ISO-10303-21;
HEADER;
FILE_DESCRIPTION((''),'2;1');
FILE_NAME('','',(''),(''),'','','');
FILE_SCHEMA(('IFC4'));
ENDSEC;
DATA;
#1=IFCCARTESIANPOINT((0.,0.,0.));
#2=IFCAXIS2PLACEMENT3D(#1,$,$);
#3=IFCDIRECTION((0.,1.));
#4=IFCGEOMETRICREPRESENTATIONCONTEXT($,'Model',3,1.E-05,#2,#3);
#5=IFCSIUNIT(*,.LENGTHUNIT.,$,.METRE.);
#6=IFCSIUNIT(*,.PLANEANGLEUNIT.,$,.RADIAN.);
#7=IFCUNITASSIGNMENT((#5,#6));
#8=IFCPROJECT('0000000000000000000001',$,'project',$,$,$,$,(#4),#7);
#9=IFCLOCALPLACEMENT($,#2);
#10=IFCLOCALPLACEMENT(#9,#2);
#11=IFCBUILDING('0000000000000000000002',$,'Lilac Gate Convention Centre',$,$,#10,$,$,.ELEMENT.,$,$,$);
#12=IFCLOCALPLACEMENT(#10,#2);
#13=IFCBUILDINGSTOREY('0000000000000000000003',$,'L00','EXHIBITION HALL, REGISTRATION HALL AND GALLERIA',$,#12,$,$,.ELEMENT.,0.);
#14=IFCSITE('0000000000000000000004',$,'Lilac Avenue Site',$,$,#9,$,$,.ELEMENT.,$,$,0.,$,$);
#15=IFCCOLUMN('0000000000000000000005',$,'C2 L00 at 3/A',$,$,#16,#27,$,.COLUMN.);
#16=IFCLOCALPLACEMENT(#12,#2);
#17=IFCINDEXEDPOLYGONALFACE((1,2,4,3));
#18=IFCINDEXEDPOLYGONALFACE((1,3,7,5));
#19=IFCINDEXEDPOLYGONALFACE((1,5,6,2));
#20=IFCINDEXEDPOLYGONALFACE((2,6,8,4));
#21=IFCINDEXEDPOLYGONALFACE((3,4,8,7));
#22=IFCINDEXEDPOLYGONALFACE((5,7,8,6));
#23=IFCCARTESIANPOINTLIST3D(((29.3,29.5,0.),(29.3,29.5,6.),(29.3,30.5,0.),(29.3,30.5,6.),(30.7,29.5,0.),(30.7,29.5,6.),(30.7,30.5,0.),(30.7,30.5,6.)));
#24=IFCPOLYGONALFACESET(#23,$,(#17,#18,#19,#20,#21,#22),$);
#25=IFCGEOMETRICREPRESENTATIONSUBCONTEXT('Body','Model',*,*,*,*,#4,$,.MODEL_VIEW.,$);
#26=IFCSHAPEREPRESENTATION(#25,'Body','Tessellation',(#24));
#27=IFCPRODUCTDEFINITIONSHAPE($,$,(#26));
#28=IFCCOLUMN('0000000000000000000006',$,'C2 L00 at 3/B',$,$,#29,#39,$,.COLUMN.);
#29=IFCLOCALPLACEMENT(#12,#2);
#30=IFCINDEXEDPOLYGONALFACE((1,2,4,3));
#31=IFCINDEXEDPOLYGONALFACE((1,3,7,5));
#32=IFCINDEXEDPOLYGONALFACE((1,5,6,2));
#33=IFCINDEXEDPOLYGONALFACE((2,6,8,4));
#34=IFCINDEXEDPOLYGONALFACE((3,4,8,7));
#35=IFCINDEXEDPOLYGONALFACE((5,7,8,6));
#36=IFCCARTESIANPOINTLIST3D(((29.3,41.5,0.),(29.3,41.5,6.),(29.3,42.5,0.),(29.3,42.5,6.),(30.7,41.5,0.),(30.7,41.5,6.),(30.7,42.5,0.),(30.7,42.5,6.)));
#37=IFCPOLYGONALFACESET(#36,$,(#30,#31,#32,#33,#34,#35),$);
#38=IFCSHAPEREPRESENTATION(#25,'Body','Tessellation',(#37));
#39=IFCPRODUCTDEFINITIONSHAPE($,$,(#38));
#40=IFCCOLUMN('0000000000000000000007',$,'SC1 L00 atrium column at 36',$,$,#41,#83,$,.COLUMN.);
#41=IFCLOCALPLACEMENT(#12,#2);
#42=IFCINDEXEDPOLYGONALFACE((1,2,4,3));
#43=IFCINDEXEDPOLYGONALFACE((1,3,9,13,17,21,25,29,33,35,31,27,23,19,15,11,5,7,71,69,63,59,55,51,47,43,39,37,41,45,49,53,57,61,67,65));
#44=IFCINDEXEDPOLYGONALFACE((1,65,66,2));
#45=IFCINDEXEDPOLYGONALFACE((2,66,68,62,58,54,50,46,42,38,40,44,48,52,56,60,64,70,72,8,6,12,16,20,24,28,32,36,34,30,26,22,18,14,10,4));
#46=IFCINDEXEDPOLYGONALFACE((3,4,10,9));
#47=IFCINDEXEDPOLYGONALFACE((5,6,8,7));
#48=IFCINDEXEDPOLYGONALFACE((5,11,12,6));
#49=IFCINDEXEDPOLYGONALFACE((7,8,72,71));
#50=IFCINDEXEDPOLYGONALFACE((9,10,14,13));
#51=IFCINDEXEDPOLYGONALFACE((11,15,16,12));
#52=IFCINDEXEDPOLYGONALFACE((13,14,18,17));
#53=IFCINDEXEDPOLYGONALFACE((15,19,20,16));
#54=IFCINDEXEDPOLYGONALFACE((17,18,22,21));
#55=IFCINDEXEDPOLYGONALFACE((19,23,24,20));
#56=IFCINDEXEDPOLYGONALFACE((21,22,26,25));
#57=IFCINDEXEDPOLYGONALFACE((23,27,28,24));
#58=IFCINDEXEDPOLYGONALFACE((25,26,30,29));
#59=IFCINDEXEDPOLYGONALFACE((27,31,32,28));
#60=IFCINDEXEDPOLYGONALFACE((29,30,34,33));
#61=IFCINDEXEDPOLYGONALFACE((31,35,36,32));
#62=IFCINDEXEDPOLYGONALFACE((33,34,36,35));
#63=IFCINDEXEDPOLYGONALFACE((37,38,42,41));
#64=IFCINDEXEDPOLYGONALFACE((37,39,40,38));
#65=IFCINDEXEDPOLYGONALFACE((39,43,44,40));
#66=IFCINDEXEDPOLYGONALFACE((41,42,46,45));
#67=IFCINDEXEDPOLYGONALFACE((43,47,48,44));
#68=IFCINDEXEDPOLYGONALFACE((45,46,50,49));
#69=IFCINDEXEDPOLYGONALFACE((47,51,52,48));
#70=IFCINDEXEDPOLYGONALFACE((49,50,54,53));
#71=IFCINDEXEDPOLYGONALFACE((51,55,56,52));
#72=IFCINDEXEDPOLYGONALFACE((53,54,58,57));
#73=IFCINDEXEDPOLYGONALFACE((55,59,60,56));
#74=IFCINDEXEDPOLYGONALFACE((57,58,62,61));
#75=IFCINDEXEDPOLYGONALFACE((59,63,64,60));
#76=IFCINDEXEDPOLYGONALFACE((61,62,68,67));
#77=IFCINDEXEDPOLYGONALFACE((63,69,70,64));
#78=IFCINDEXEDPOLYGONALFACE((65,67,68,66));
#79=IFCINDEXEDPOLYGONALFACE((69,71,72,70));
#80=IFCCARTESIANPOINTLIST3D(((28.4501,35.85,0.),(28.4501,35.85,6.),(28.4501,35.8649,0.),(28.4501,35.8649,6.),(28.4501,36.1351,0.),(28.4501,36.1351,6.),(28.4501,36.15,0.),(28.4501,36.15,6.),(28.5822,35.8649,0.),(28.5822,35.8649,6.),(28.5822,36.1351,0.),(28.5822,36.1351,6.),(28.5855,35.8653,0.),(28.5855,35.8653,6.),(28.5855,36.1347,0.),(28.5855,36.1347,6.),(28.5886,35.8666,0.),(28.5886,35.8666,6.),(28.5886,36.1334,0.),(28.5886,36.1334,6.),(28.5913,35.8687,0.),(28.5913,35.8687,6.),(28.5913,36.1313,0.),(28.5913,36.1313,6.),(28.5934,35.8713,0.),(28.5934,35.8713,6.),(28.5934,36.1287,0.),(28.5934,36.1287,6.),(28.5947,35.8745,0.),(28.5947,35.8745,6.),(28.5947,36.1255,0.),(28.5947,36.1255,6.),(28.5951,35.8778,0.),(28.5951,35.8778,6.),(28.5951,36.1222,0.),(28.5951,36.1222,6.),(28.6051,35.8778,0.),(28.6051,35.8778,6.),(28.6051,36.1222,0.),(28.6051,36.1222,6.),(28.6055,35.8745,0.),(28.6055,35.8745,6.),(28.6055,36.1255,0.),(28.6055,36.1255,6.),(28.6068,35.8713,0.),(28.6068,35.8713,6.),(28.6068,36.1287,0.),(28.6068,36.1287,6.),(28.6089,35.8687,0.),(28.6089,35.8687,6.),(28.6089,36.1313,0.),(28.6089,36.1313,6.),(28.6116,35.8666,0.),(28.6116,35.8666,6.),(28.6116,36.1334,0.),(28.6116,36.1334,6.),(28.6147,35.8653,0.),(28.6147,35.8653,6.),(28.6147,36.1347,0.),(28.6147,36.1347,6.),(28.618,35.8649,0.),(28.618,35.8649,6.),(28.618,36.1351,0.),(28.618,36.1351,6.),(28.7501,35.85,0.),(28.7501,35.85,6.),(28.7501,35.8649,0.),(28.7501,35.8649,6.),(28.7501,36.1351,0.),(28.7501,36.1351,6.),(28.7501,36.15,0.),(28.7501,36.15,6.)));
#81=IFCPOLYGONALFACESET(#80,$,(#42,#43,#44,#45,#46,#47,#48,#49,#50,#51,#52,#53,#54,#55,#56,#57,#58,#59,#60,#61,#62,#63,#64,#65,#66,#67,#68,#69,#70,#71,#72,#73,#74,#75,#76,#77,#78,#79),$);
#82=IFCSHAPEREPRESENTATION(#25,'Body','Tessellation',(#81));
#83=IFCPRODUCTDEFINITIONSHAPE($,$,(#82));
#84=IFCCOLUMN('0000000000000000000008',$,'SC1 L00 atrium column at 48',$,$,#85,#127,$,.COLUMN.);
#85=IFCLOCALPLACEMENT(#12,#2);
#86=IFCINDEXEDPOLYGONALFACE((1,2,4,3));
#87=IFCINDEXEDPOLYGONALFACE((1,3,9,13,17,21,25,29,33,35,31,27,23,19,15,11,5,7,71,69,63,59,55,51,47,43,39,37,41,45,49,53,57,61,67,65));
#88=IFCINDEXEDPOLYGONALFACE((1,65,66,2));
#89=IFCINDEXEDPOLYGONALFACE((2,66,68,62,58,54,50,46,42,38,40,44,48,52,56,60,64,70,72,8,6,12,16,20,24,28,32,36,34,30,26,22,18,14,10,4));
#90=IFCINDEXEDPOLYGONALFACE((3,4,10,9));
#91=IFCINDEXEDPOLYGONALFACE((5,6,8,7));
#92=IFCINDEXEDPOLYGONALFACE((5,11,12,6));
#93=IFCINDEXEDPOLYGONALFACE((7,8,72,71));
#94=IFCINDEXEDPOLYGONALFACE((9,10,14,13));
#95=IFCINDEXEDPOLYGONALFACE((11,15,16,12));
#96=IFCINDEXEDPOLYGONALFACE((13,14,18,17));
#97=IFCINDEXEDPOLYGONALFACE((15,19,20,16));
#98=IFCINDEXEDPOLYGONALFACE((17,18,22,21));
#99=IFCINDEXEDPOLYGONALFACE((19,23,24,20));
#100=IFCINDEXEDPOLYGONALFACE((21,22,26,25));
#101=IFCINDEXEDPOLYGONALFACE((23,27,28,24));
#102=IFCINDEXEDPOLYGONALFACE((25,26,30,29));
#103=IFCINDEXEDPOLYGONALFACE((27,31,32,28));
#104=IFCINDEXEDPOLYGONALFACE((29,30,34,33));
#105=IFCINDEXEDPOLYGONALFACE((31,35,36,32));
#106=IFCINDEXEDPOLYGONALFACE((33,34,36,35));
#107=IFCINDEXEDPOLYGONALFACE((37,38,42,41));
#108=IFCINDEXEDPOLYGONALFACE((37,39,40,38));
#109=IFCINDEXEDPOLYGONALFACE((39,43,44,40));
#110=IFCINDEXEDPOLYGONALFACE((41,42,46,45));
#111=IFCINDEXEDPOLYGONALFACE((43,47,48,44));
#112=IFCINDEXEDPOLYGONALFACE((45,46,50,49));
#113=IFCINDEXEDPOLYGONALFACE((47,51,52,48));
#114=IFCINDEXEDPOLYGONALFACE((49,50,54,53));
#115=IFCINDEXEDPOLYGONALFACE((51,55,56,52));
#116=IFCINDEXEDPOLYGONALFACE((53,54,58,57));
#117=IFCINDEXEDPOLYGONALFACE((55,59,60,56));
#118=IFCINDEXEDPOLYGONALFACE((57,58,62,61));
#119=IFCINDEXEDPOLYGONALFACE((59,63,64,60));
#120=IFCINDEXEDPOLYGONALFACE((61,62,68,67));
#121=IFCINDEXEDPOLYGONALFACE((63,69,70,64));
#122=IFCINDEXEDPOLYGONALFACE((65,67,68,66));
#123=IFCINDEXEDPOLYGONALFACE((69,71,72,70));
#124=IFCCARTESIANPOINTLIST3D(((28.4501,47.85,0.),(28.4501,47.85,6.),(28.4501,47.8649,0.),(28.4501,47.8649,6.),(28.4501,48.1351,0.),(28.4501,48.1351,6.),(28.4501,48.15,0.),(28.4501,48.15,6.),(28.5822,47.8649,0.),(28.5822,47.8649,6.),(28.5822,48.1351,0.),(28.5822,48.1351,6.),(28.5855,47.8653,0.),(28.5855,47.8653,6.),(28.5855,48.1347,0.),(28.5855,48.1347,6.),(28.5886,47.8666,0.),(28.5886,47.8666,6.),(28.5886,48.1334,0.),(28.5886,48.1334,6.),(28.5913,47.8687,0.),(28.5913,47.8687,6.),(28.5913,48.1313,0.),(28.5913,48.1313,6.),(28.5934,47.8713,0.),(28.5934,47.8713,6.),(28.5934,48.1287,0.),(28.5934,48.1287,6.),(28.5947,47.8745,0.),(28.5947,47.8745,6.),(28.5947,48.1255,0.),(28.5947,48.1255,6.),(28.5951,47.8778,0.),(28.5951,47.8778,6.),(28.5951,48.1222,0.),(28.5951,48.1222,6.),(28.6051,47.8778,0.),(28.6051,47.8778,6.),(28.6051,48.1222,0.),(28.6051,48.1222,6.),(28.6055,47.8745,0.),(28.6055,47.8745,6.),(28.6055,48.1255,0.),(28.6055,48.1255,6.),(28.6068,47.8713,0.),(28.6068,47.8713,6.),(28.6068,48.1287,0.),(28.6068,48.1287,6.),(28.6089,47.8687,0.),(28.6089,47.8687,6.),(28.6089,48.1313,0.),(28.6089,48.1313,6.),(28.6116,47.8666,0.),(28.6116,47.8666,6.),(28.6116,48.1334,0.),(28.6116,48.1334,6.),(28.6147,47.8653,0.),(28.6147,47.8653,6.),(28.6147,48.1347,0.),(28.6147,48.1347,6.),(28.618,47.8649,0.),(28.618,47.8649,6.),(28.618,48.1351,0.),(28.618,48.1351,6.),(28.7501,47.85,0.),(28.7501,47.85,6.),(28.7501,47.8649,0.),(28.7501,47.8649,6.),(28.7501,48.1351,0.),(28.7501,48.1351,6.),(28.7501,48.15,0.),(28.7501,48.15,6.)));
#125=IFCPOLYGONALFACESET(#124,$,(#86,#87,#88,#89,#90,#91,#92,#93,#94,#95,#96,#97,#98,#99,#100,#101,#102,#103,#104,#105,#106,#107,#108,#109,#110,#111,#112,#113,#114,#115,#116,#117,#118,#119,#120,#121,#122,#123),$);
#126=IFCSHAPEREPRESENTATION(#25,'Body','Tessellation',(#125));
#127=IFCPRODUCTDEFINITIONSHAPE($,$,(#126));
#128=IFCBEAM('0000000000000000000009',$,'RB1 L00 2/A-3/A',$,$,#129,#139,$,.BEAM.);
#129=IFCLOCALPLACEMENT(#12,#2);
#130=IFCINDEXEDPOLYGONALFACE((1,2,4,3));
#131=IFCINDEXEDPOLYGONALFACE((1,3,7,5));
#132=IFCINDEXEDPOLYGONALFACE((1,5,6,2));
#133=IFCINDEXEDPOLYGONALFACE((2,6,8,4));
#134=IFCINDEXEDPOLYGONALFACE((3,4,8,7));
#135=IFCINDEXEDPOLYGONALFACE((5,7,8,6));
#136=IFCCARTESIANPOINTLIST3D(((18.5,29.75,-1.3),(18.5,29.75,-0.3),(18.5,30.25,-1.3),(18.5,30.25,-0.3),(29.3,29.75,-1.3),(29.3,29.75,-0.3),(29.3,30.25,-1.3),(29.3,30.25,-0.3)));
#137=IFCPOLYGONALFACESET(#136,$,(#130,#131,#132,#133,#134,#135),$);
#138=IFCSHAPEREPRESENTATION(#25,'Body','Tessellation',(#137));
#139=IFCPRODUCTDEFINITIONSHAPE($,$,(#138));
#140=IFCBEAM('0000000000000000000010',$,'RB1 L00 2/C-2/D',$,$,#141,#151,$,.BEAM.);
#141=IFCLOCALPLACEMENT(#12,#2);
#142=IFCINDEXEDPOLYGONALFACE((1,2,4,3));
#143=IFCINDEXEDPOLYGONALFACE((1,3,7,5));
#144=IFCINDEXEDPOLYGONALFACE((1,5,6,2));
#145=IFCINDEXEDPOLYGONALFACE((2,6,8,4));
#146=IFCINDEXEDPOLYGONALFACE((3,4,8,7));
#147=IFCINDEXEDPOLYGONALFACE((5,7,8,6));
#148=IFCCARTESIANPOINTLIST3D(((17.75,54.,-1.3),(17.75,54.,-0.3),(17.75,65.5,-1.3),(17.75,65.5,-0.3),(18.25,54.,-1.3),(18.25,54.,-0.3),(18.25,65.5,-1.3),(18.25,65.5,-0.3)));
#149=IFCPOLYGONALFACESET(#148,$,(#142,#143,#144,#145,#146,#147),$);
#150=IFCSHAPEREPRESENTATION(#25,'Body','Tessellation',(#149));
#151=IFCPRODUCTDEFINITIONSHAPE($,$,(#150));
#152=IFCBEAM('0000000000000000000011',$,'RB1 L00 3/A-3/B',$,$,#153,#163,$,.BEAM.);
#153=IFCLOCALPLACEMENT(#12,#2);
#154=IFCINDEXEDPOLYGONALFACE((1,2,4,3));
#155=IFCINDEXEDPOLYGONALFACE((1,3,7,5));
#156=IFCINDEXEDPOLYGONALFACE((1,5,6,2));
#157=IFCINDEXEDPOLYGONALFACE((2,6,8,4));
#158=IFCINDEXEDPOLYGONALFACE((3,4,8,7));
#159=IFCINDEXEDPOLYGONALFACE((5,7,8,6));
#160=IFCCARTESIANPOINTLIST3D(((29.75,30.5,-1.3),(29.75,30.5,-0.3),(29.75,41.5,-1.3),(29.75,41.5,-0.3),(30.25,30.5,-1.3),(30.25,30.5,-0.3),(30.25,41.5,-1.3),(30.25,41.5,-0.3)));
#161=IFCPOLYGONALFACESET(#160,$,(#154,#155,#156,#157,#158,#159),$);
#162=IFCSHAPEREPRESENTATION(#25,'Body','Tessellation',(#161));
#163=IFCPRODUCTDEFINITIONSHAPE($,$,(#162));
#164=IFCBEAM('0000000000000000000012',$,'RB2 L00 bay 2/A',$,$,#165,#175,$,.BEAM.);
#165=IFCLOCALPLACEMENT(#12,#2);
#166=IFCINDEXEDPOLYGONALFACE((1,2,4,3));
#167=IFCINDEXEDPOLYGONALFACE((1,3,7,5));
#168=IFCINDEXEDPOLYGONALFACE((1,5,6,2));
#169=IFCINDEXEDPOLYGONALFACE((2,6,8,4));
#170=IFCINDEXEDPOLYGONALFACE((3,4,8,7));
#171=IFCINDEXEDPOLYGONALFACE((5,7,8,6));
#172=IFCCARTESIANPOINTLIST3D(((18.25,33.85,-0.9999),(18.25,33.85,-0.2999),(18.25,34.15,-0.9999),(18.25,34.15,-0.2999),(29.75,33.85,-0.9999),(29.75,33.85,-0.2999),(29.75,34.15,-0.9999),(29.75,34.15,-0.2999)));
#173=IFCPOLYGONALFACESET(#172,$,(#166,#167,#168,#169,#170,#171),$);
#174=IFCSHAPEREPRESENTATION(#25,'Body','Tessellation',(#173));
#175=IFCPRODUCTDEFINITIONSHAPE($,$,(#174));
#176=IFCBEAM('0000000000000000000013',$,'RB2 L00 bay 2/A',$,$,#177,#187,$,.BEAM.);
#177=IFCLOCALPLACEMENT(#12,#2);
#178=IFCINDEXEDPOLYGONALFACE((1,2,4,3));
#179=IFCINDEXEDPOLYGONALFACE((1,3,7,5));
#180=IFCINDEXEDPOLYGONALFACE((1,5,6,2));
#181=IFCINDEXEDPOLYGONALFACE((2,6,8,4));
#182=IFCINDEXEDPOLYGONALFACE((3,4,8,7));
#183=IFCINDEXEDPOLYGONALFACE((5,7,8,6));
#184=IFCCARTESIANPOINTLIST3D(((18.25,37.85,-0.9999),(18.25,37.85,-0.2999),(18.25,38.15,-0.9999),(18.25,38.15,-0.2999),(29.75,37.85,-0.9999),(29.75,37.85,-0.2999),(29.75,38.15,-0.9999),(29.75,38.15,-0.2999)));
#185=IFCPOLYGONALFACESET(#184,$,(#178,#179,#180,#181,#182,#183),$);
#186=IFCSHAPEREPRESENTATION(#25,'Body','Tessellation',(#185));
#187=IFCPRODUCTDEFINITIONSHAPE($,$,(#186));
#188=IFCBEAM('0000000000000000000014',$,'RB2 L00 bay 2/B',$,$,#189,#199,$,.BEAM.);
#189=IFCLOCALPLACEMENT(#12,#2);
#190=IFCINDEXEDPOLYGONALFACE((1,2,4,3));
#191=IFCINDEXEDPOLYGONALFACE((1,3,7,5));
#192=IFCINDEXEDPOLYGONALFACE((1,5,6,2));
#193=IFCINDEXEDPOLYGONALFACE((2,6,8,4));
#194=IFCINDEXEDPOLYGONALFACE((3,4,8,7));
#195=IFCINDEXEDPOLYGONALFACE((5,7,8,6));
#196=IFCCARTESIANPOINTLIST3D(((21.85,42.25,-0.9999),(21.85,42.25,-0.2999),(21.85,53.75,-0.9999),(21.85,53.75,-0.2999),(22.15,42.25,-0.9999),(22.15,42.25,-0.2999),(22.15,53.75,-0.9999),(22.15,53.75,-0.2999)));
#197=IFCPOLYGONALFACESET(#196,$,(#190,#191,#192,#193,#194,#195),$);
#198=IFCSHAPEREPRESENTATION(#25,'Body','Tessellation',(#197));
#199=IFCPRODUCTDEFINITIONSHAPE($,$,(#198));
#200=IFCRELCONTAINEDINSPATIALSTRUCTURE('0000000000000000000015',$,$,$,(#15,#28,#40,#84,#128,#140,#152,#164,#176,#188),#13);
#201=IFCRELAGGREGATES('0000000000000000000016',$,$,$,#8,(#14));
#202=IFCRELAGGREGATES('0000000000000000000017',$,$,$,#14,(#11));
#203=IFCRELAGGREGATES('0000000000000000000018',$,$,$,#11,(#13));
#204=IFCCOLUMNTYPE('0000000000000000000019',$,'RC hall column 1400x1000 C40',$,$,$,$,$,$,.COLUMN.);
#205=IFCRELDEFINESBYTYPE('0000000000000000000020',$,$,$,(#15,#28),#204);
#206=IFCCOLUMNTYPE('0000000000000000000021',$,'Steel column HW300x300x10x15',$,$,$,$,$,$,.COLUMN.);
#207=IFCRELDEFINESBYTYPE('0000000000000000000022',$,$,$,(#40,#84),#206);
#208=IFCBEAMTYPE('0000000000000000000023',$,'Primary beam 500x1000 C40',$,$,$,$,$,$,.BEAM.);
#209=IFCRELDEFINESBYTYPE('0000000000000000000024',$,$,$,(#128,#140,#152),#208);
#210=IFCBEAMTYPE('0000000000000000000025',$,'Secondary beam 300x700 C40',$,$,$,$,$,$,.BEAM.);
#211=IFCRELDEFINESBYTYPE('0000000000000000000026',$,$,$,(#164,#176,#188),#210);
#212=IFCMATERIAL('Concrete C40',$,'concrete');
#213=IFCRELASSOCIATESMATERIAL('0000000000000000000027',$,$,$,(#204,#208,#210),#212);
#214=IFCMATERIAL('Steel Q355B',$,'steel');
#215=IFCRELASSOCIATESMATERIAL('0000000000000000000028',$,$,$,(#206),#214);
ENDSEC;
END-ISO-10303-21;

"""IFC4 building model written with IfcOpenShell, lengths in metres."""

from ifc_helpers import new_model, si_unit, direction, frame, origin, origin_2d, place, context, subcontext, project, spatial, rectangle, i_section, extrude, material, material_profile, profile_set, type_object, element, save


model = new_model("IFC4")

# Units and contexts
model_context = context("Model", 3, precision=1e-05, world=origin(), true_north=direction((0.0, 1.0)))
body_context = subcontext(model_context, "Body", "Model", "MODEL_VIEW")
ifc_project = project(units=[si_unit("LENGTHUNIT", "METRE"), si_unit("PLANEANGLEUNIT", "RADIAN")], contexts=[model_context])

# Site, building, storey
site_placement = place(None, origin())
site = spatial("IfcSite", under=ifc_project, at=site_placement, Name="Lilac Avenue Site", CompositionType="ELEMENT", RefElevation=0.0)
building_placement = place(site_placement, origin())
building = spatial("IfcBuilding", under=site, at=building_placement, Name="Lilac Gate Convention Centre", CompositionType="ELEMENT")
storey_placement = place(building_placement, origin())
storey = spatial("IfcBuildingStorey", under=building, at=storey_placement, Name="L00", Description="EXHIBITION HALL, REGISTRATION HALL AND GALLERIA", CompositionType="ELEMENT", Elevation=0.0)

# Columns
ifc_material_1 = material(Name="Concrete C40", Category="concrete")
ifc_material_profile_1 = material_profile(ifc_material_1, rectangle(XDim=1.3999, YDim=1.0, at=origin_2d()), Name="RC 1400x1000")
ifc_profile_set_1 = profile_set([ifc_material_profile_1], Name="Concrete C40")
column_type_1 = type_object("IfcColumnType", Name="RC hall column 1400x1000 C40", PredefinedType="COLUMN", material=ifc_profile_set_1)
for number, where, z_axis, x_axis, name in (
    (1, (30.0, 30.0, 0.0), (0.0, 0.0, 1.0), (1.0, 0.0, 0.0), "C2 L00 at 3/A"),
    (2, (30.0, 42.0, 0.0), (0.0, 0.0, 1.0), (1.0, 0.0, 0.0), "C2 L00 at 3/B"),
):
    element("IfcColumn", number, at=place(storey_placement, frame(where, z_axis=z_axis, x_axis=x_axis)), inside=storey, type_object=column_type_1, Name=name, PredefinedType="COLUMN", context=body_context, shape_type="SweptSolid", body=[
        extrude(rectangle(XDim=1.3999, YDim=1.0, at=origin_2d()), origin(), (0.0, 0.0, 1.0), 6.0),
    ])
ifc_material_2 = material(Name="Steel Q355B", Category="steel")
ifc_material_profile_2 = material_profile(ifc_material_2, i_section(OverallWidth=0.3, OverallDepth=0.3, WebThickness=0.01, FlangeThickness=0.0149, FilletRadius=0.0129, at=origin_2d()), Name="HW300x300x10x15")
ifc_profile_set_2 = profile_set([ifc_material_profile_2], Name="Steel Q355B")
column_type_2 = type_object("IfcColumnType", Name="Steel column HW300x300x10x15", PredefinedType="COLUMN", material=ifc_profile_set_2)
for number, where, z_axis, x_axis, name in (
    (3, (28.6001, 36.0, 0.0), (0.0, 0.0, 1.0), (1.0, 0.0, 0.0), "SC1 L00 atrium column at 36"),
    (4, (28.6001, 48.0, 0.0), (0.0, 0.0, 1.0), (1.0, 0.0, 0.0), "SC1 L00 atrium column at 48"),
):
    element("IfcColumn", number, at=place(storey_placement, frame(where, z_axis=z_axis, x_axis=x_axis)), inside=storey, type_object=column_type_2, Name=name, PredefinedType="COLUMN", context=body_context, shape_type="SweptSolid", body=[
        extrude(i_section(OverallWidth=0.3, OverallDepth=0.3, WebThickness=0.01, FlangeThickness=0.0149, FilletRadius=0.0129, at=origin_2d()), origin(), (0.0, 0.0, 1.0), 6.0),
    ])

# Beams
ifc_material_profile_3 = material_profile(ifc_material_1, rectangle(XDim=0.5, YDim=1.0, at=origin_2d()), Name="RC 500x1000")
ifc_profile_set_3 = profile_set([ifc_material_profile_3], Name="Concrete C40")
beam_type_1 = type_object("IfcBeamType", Name="Primary beam 500x1000 C40", PredefinedType="BEAM", material=ifc_profile_set_3)
beam_1_placement = place(storey_placement, frame((18.5, 30.0, -0.8), z_axis=(1.0, 0.0, 0.0), x_axis=(0.0, 1.0, 0.0)))
element("IfcBeam", 5, at=beam_1_placement, inside=storey, type_object=beam_type_1, Name="RB1 L00 2/A-3/A", PredefinedType="BEAM", context=body_context, shape_type="SweptSolid", body=[
    extrude(rectangle(XDim=0.5, YDim=1.0, at=origin_2d()), origin(), (0.0, 0.0, 1.0), 10.8),
])
beam_2_placement = place(storey_placement, frame((18.0, 54.0, -0.8), z_axis=(0.0, 1.0, 0.0), x_axis=(-1.0, 0.0, 0.0)))
element("IfcBeam", 6, at=beam_2_placement, inside=storey, type_object=beam_type_1, Name="RB1 L00 2/C-2/D", PredefinedType="BEAM", context=body_context, shape_type="SweptSolid", body=[
    extrude(rectangle(XDim=0.5, YDim=1.0, at=origin_2d()), origin(), (0.0, 0.0, 1.0), 11.5),
])
beam_3_placement = place(storey_placement, frame((30.0, 30.5, -0.8), z_axis=(0.0, 1.0, 0.0), x_axis=(-1.0, 0.0, 0.0)))
element("IfcBeam", 7, at=beam_3_placement, inside=storey, type_object=beam_type_1, Name="RB1 L00 3/A-3/B", PredefinedType="BEAM", context=body_context, shape_type="SweptSolid", body=[
    extrude(rectangle(XDim=0.5, YDim=1.0, at=origin_2d()), origin(), (0.0, 0.0, 1.0), 11.0),
])
ifc_material_profile_4 = material_profile(ifc_material_1, rectangle(XDim=0.3, YDim=0.7, at=origin_2d()), Name="RC 300x700")
ifc_profile_set_4 = profile_set([ifc_material_profile_4], Name="Concrete C40")
beam_type_2 = type_object("IfcBeamType", Name="Secondary beam 300x700 C40", PredefinedType="BEAM", material=ifc_profile_set_4)
for number, where, z_axis, x_axis, name in (
    (8, (18.25, 34.0, -0.6499), (1.0, 0.0, 0.0), (0.0, 1.0, 0.0), "RB2 L00 bay 2/A"),
    (9, (18.25, 38.0, -0.6499), (1.0, 0.0, 0.0), (0.0, 1.0, 0.0), "RB2 L00 bay 2/A"),
    (10, (22.0, 42.25, -0.6499), (0.0, 1.0, 0.0), (-1.0, 0.0, 0.0), "RB2 L00 bay 2/B"),
):
    element("IfcBeam", number, at=place(storey_placement, frame(where, z_axis=z_axis, x_axis=x_axis)), inside=storey, type_object=beam_type_2, Name=name, PredefinedType="BEAM", context=body_context, shape_type="SweptSolid", body=[
        extrude(rectangle(XDim=0.3, YDim=0.7, at=origin_2d()), origin(), (0.0, 0.0, 1.0), 11.5),
    ])

save(model, "model.ifc")
